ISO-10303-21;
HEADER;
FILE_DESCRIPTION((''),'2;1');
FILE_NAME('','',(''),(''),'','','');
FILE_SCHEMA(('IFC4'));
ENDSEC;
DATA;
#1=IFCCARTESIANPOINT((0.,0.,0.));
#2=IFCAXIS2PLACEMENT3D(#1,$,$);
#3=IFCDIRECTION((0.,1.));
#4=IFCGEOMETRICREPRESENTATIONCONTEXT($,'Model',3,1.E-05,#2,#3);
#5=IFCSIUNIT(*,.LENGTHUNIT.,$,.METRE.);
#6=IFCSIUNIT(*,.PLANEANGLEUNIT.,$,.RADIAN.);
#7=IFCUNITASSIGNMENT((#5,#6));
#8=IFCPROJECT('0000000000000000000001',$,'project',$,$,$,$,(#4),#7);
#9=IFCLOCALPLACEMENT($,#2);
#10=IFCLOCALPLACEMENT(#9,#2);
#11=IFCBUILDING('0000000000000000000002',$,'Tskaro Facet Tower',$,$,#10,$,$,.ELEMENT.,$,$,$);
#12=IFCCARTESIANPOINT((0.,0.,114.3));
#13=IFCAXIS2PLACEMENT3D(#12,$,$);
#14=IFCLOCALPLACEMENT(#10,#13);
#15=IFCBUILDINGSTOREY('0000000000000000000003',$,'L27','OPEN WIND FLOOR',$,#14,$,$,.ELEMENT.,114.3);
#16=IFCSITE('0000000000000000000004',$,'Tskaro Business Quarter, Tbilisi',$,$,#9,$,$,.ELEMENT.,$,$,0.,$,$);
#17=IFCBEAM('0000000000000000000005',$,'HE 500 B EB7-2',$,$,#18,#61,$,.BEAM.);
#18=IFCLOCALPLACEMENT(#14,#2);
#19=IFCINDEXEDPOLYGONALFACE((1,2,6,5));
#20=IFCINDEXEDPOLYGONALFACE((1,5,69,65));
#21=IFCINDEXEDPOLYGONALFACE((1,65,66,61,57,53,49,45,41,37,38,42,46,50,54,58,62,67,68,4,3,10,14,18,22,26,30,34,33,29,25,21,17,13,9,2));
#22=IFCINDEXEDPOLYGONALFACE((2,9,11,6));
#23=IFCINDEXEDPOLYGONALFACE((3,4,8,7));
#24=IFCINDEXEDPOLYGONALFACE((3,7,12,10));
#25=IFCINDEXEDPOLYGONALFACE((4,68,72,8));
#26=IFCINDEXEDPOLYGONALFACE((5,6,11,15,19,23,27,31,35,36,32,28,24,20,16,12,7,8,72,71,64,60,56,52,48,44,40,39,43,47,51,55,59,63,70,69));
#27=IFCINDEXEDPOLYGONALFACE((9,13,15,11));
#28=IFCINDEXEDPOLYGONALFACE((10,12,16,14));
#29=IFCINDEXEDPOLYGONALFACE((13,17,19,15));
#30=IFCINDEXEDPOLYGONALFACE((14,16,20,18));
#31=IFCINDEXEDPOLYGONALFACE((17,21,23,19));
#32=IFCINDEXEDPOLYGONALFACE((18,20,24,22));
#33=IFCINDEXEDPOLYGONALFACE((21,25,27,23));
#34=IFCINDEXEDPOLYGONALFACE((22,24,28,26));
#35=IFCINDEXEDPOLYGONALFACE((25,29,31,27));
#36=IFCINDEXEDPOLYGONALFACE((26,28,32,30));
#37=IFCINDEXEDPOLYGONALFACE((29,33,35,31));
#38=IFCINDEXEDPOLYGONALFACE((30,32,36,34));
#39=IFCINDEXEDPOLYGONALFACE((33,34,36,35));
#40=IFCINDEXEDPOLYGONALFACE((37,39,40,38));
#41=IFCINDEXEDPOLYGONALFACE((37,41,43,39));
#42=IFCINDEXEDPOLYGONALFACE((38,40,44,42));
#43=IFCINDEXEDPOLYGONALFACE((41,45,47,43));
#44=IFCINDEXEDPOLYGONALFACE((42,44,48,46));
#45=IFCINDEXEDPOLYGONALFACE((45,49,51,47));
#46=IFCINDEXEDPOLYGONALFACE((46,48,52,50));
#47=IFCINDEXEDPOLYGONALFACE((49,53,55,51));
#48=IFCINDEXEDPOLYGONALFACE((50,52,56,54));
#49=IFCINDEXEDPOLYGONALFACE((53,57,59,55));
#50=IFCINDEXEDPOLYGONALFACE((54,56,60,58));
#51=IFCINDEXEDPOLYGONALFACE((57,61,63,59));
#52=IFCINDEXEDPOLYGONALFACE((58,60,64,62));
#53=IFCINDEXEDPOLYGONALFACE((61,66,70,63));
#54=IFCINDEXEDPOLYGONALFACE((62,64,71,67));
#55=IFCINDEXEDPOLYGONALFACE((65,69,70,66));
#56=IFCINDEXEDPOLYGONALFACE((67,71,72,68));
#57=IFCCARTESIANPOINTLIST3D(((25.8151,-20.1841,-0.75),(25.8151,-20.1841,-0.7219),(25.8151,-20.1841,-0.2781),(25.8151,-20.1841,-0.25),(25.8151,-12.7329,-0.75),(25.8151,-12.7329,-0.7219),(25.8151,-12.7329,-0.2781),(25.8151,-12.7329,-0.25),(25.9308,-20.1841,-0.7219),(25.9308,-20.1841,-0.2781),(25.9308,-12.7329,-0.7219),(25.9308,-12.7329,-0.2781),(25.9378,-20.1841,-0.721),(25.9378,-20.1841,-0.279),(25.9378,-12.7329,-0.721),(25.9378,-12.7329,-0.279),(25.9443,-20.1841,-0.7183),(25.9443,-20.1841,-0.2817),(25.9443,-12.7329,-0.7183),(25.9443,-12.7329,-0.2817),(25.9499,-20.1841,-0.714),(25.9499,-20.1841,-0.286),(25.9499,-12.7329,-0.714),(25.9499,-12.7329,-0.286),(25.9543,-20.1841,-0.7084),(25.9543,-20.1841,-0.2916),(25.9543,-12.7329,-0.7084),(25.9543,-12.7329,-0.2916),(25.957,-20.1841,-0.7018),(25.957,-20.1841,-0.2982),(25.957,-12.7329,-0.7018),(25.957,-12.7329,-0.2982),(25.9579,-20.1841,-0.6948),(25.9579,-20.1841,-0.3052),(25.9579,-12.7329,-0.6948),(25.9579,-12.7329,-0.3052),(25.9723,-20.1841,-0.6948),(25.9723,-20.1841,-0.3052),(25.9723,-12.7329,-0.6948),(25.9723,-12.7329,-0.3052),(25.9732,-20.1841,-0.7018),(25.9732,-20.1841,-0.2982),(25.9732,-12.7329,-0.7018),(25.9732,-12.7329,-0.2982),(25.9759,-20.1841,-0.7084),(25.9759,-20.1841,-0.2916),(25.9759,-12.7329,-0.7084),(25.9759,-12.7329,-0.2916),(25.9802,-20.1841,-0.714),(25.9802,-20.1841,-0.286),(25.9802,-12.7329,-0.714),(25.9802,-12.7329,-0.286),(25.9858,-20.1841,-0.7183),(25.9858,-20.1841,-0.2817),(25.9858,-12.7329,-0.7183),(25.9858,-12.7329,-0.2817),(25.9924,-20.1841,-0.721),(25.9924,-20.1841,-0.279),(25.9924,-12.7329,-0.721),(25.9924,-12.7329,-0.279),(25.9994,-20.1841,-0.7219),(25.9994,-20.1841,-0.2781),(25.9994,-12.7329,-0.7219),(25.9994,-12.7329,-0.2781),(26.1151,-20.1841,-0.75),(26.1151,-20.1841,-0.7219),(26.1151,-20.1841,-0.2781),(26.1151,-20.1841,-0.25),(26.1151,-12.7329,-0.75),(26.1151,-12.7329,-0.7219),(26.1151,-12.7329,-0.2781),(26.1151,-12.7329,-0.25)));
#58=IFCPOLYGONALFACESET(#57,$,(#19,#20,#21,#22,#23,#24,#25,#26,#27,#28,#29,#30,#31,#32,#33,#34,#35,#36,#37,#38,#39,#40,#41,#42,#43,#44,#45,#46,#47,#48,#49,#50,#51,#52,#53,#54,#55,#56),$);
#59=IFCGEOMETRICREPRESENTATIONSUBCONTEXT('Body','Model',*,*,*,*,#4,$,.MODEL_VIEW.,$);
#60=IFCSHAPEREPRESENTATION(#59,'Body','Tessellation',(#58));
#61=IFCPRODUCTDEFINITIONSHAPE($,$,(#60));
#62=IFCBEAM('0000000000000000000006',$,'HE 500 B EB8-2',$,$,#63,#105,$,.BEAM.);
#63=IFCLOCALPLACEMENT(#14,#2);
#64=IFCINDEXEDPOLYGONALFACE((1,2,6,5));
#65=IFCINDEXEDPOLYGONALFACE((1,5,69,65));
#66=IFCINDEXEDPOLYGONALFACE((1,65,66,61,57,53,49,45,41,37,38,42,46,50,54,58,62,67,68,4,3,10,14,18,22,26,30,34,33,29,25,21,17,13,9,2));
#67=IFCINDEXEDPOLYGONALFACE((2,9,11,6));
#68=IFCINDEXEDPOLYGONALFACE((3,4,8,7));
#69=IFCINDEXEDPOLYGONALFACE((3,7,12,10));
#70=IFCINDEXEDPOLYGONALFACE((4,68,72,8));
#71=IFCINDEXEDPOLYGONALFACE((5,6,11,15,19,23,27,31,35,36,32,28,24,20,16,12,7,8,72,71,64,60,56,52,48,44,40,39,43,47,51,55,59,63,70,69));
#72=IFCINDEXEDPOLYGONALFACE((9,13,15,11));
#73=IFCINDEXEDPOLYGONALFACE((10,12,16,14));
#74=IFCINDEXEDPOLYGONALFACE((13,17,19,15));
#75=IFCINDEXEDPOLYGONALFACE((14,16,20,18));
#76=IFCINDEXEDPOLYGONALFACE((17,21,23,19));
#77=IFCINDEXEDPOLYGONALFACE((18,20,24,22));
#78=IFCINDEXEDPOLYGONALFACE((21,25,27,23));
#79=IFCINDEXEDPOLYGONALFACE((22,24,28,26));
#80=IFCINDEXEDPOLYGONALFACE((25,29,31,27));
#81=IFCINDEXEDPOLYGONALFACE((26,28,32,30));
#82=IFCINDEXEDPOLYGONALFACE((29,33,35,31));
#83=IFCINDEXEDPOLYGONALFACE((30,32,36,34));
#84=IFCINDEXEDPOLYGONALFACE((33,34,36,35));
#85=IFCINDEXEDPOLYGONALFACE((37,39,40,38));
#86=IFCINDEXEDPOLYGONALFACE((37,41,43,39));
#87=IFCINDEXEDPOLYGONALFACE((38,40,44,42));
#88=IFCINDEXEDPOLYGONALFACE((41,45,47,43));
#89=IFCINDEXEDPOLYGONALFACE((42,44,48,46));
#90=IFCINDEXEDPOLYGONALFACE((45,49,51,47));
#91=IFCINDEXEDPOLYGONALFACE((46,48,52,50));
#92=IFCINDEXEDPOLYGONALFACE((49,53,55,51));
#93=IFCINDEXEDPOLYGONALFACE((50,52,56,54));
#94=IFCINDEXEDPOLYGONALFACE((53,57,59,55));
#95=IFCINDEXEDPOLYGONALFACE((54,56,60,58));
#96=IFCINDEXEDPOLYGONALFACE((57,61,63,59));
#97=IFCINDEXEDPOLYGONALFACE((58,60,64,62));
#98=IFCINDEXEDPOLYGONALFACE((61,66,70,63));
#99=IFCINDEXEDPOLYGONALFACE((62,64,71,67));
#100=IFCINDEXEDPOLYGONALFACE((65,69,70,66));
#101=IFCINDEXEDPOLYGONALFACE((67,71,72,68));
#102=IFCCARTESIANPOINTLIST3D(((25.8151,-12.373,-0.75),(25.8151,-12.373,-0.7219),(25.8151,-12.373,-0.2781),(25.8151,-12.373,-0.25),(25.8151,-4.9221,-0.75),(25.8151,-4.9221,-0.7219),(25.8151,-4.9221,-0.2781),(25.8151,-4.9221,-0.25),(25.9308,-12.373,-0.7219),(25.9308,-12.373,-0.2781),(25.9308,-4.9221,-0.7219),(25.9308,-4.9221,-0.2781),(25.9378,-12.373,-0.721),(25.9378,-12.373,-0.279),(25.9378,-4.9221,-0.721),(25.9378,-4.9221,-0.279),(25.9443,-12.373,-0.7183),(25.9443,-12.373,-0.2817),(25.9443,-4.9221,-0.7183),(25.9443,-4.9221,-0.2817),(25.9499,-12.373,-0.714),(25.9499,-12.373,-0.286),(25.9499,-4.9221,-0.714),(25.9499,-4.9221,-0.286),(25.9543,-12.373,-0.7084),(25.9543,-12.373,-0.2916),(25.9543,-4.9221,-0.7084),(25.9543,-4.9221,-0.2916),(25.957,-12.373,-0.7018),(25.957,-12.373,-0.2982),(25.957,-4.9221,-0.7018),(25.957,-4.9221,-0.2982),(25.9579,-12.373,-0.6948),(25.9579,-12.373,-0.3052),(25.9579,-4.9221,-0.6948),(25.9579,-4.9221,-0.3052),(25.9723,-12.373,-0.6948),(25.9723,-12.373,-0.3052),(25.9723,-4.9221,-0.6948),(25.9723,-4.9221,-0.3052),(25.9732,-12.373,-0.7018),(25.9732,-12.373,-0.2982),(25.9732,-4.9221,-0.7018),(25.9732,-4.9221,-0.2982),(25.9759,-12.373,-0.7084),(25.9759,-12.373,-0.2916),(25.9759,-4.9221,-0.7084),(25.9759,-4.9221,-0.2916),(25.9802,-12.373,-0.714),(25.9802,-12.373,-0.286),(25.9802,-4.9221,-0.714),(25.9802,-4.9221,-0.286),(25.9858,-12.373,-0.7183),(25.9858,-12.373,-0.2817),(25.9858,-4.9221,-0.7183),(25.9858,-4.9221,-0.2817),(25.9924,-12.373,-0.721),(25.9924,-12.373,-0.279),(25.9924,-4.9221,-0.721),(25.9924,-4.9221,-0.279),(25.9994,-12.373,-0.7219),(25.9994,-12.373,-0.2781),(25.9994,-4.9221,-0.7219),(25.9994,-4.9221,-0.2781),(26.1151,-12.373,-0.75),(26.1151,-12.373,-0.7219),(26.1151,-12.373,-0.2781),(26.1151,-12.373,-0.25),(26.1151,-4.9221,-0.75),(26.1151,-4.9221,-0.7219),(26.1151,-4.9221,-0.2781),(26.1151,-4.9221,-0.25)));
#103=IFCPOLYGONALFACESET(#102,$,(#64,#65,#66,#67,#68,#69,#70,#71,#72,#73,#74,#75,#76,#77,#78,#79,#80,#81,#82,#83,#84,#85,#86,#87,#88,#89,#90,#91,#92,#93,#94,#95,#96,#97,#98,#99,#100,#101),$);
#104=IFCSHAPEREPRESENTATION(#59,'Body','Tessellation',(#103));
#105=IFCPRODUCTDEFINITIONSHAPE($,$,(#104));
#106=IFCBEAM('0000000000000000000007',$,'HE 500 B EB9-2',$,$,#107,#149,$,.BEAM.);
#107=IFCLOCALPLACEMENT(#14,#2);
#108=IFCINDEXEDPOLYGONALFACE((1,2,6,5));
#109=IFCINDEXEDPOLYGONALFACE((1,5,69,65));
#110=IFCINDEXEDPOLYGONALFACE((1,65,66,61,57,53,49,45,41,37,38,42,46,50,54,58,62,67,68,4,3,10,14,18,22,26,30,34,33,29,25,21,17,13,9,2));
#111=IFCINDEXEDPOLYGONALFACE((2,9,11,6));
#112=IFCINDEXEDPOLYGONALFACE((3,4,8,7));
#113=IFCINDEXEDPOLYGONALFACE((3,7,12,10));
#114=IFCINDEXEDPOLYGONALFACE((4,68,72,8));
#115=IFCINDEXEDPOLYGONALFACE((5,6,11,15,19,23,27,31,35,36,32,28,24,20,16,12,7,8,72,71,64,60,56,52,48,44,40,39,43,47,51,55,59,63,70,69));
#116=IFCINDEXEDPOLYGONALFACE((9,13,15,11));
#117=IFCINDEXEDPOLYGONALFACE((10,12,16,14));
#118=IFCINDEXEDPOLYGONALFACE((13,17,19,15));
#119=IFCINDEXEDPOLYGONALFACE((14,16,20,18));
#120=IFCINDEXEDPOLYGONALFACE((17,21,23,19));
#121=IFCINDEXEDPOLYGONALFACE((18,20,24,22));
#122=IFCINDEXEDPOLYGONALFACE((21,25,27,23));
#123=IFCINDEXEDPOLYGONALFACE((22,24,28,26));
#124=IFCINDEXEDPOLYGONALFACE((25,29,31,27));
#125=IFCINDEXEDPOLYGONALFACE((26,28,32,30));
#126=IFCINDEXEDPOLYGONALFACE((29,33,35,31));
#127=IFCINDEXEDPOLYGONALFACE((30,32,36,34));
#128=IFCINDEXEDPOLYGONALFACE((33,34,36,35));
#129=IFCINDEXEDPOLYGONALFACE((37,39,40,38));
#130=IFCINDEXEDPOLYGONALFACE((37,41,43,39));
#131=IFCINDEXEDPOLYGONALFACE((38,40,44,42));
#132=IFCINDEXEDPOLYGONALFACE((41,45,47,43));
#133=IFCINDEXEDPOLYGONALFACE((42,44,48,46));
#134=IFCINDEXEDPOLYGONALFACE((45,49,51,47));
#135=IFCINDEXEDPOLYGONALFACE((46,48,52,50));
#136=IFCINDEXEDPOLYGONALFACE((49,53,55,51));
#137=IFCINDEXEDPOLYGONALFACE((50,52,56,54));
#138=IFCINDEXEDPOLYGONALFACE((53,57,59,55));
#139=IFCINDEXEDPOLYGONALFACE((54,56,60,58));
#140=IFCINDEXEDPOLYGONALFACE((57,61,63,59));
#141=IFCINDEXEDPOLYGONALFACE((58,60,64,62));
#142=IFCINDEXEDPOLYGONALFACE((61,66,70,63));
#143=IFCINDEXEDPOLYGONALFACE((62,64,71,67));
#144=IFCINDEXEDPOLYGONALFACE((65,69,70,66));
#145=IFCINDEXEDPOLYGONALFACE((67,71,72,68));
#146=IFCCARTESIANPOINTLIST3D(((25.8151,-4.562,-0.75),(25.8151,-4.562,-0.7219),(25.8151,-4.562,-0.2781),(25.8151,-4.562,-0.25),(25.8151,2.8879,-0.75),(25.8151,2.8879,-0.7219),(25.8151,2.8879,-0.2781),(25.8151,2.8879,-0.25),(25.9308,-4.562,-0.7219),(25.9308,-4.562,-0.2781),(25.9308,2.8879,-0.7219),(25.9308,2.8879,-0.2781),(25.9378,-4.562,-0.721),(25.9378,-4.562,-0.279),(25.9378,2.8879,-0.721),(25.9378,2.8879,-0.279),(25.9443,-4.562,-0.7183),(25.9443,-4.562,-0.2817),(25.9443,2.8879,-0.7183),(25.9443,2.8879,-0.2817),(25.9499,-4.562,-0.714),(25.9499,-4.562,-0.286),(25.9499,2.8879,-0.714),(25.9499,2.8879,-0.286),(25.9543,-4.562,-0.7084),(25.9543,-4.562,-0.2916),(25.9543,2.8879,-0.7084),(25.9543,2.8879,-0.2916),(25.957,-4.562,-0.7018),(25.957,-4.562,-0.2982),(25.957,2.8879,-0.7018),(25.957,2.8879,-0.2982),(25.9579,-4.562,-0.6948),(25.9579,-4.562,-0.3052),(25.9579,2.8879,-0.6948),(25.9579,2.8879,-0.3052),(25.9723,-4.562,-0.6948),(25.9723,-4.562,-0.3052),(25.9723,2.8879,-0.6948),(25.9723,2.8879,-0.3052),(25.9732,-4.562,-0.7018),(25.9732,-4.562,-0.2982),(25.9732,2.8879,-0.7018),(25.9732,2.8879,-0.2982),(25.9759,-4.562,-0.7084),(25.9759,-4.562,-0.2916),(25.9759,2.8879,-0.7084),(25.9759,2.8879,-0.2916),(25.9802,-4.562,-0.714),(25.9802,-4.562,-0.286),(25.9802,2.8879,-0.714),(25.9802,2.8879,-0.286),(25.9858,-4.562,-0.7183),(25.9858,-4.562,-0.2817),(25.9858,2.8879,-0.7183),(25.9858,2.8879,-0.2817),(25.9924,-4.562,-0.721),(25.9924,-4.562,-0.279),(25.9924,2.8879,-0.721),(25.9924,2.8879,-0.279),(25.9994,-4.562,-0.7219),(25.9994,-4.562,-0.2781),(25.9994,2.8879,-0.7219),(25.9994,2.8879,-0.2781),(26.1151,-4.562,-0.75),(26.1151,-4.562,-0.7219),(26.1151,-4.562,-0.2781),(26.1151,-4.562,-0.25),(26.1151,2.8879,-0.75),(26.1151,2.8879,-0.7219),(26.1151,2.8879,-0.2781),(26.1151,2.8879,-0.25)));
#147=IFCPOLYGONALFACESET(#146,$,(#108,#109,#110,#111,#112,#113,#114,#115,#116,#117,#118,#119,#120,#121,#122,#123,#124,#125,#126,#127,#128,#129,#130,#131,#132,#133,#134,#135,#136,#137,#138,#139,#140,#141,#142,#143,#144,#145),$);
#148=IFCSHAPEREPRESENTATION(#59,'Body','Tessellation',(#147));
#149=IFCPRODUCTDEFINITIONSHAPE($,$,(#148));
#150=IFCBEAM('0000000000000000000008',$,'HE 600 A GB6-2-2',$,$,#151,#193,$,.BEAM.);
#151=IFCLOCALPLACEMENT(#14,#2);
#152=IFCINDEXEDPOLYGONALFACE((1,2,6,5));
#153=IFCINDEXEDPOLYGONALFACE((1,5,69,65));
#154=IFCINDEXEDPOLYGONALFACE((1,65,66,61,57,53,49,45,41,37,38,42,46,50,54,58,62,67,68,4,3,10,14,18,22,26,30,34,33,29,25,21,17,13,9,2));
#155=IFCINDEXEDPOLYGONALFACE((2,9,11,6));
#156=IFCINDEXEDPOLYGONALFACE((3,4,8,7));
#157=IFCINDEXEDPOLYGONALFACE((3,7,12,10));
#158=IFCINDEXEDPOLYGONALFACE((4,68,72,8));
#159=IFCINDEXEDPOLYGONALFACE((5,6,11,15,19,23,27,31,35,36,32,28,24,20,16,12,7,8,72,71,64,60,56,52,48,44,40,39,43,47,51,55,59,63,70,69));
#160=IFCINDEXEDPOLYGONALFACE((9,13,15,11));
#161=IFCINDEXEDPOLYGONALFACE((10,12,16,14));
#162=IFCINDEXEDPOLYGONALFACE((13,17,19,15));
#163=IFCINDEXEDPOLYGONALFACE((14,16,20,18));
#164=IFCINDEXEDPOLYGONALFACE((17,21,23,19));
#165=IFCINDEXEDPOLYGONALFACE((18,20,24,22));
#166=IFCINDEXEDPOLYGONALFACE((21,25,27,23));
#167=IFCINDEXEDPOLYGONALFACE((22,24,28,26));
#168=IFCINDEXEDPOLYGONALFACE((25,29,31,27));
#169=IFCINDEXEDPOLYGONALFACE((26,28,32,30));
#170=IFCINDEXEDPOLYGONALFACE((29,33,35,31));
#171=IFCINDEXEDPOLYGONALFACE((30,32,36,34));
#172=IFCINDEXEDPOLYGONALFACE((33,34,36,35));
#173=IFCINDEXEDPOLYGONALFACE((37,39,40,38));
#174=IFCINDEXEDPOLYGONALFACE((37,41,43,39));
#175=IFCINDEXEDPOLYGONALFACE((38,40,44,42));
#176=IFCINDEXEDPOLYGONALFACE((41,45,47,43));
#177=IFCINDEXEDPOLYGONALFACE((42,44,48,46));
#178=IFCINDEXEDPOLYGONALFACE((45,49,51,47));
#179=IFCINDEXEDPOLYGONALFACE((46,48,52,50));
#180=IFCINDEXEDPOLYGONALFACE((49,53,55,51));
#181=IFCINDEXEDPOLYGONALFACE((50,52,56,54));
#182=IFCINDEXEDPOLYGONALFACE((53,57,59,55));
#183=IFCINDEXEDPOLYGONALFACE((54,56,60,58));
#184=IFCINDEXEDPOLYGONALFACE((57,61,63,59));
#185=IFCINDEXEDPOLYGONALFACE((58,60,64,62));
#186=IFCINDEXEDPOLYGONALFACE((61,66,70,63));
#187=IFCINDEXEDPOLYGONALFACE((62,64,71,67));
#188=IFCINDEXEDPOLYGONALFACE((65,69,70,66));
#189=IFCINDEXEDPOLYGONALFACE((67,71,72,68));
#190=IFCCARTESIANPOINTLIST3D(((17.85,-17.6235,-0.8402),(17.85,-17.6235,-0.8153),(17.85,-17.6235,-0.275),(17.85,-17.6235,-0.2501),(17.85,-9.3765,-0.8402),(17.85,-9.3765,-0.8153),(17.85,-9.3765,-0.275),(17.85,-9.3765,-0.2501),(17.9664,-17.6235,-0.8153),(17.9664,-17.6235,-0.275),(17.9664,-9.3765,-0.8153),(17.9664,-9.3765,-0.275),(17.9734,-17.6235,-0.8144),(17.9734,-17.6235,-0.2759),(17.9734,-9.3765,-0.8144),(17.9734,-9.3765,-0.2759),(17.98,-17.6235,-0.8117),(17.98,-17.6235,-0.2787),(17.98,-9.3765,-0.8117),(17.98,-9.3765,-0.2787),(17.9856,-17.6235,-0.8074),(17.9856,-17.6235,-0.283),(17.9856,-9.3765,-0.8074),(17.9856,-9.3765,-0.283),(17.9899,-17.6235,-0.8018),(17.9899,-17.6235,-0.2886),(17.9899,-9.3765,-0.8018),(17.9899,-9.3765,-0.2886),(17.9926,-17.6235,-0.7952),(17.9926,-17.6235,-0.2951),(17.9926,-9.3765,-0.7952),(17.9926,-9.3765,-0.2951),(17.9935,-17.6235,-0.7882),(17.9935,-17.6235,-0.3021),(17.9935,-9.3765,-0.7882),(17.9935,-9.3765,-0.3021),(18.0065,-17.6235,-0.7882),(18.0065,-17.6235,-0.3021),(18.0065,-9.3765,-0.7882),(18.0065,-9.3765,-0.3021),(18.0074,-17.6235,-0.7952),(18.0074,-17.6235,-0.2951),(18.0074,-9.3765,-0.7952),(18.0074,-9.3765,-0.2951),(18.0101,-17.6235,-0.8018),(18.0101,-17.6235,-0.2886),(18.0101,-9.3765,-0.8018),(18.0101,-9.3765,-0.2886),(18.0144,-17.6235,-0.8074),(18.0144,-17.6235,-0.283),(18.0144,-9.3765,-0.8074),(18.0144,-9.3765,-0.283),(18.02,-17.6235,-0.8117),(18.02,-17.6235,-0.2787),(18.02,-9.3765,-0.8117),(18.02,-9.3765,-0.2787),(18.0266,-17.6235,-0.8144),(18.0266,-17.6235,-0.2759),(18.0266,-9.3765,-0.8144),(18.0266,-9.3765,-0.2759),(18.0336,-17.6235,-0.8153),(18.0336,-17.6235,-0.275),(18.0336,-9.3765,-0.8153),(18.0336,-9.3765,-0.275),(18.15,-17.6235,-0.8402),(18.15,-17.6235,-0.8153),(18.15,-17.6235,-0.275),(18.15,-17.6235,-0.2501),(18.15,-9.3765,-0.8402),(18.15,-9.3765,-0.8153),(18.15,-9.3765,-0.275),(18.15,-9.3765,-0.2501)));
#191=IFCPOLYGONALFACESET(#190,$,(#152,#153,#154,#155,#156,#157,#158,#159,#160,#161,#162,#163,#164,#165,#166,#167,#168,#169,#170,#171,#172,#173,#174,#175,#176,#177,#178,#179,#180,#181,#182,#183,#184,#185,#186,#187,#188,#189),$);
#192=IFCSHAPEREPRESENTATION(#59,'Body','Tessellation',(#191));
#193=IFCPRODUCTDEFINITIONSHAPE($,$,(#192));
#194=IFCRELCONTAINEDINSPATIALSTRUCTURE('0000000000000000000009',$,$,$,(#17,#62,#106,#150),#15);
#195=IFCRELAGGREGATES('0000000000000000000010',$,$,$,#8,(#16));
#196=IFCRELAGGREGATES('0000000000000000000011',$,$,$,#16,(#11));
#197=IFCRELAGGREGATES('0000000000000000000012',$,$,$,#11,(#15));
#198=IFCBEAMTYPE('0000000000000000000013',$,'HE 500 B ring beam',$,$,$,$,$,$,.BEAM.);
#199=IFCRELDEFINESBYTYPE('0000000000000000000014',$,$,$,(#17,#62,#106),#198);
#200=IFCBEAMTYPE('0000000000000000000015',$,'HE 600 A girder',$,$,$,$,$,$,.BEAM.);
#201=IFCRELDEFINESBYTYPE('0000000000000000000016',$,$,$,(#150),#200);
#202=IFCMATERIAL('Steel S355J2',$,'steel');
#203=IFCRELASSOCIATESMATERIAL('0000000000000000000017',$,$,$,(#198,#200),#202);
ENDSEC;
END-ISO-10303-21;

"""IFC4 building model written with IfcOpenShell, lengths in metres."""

from ifc_helpers import new_model, si_unit, direction, frame, origin, origin_2d, place, context, subcontext, project, spatial, i_section, extrude, material, material_profile, profile_set, type_object, element, save


model = new_model("IFC4")

# Units and contexts
model_context = context("Model", 3, precision=1e-05, world=origin(), true_north=direction((0.0, 1.0)))
body_context = subcontext(model_context, "Body", "Model", "MODEL_VIEW")
ifc_project = project(units=[si_unit("LENGTHUNIT", "METRE"), si_unit("PLANEANGLEUNIT", "RADIAN")], contexts=[model_context])

# Site, building, storey
site_placement = place(None, origin())
site = spatial("IfcSite", under=ifc_project, at=site_placement, Name="Tskaro Business Quarter, Tbilisi", CompositionType="ELEMENT", RefElevation=0.0)
building_placement = place(site_placement, origin())
building = spatial("IfcBuilding", under=site, at=building_placement, Name="Tskaro Facet Tower", CompositionType="ELEMENT")
storey_placement = place(building_placement, frame((0.0, 0.0, 114.3)))
storey = spatial("IfcBuildingStorey", under=building, at=storey_placement, Name="L27", Description="OPEN WIND FLOOR", CompositionType="ELEMENT", Elevation=114.3)

# Shared definitions
ifc_material_1 = material(Name="Steel S355J2", Category="steel")

# Beams
ifc_material_profile_1 = material_profile(ifc_material_1, i_section(OverallWidth=0.3, OverallDepth=0.5, WebThickness=0.0144, FlangeThickness=0.0281, FilletRadius=0.0271, at=origin_2d()), Name="HE 500 B")
ifc_profile_set_1 = profile_set([ifc_material_profile_1], Name="Steel S355J2")
beam_type_1 = type_object("IfcBeamType", Name="HE 500 B ring beam", PredefinedType="BEAM", material=ifc_profile_set_1)
beam_1_placement = place(storey_placement, frame((25.9651, -20.1841, -0.5), z_axis=(0.0, 1.0, 0.0), x_axis=(-1.0, 0.0, 0.0)))
element("IfcBeam", 1, at=beam_1_placement, inside=storey, type_object=beam_type_1, Name="HE 500 B EB7-2", PredefinedType="BEAM", context=body_context, shape_type="SweptSolid", body=[
    extrude(i_section(OverallWidth=0.3, OverallDepth=0.5, WebThickness=0.0144, FlangeThickness=0.0281, FilletRadius=0.0271, at=origin_2d()), origin(), (0.0, 0.0, 1.0), 7.4512),
])
beam_2_placement = place(storey_placement, frame((25.9651, -12.373, -0.5), z_axis=(0.0, 1.0, 0.0), x_axis=(-1.0, 0.0, 0.0)))
element("IfcBeam", 2, at=beam_2_placement, inside=storey, type_object=beam_type_1, Name="HE 500 B EB8-2", PredefinedType="BEAM", context=body_context, shape_type="SweptSolid", body=[
    extrude(i_section(OverallWidth=0.3, OverallDepth=0.5, WebThickness=0.0144, FlangeThickness=0.0281, FilletRadius=0.0271, at=origin_2d()), origin(), (0.0, 0.0, 1.0), 7.4509),
])
beam_3_placement = place(storey_placement, frame((25.9651, -4.562, -0.5), z_axis=(0.0, 1.0, 0.0), x_axis=(-1.0, 0.0, 0.0)))
element("IfcBeam", 3, at=beam_3_placement, inside=storey, type_object=beam_type_1, Name="HE 500 B EB9-2", PredefinedType="BEAM", context=body_context, shape_type="SweptSolid", body=[
    extrude(i_section(OverallWidth=0.3, OverallDepth=0.5, WebThickness=0.0144, FlangeThickness=0.0281, FilletRadius=0.0271, at=origin_2d()), origin(), (0.0, 0.0, 1.0), 7.45),
])
ifc_material_profile_2 = material_profile(ifc_material_1, i_section(OverallWidth=0.3, OverallDepth=0.5901, WebThickness=0.0129, FlangeThickness=0.0249, FilletRadius=0.0271, at=origin_2d()), Name="HE 600 A")
ifc_profile_set_2 = profile_set([ifc_material_profile_2], Name="Steel S355J2")
beam_type_2 = type_object("IfcBeamType", Name="HE 600 A girder", PredefinedType="BEAM", material=ifc_profile_set_2)
for number, where, z_axis, x_axis, name in (
    (4, (18.0, -17.6235, -0.5452), (0.0, 1.0, 0.0), (-1.0, 0.0, 0.0), "HE 600 A GB6-2-2"),
):
    element("IfcBeam", number, at=place(storey_placement, frame(where, z_axis=z_axis, x_axis=x_axis)), inside=storey, type_object=beam_type_2, Name=name, PredefinedType="BEAM", context=body_context, shape_type="SweptSolid", body=[
        extrude(i_section(OverallWidth=0.3, OverallDepth=0.5901, WebThickness=0.0129, FlangeThickness=0.0249, FilletRadius=0.0271, at=origin_2d()), origin(), (0.0, 0.0, 1.0), 8.2471),
    ])

save(model, "model.ifc")
